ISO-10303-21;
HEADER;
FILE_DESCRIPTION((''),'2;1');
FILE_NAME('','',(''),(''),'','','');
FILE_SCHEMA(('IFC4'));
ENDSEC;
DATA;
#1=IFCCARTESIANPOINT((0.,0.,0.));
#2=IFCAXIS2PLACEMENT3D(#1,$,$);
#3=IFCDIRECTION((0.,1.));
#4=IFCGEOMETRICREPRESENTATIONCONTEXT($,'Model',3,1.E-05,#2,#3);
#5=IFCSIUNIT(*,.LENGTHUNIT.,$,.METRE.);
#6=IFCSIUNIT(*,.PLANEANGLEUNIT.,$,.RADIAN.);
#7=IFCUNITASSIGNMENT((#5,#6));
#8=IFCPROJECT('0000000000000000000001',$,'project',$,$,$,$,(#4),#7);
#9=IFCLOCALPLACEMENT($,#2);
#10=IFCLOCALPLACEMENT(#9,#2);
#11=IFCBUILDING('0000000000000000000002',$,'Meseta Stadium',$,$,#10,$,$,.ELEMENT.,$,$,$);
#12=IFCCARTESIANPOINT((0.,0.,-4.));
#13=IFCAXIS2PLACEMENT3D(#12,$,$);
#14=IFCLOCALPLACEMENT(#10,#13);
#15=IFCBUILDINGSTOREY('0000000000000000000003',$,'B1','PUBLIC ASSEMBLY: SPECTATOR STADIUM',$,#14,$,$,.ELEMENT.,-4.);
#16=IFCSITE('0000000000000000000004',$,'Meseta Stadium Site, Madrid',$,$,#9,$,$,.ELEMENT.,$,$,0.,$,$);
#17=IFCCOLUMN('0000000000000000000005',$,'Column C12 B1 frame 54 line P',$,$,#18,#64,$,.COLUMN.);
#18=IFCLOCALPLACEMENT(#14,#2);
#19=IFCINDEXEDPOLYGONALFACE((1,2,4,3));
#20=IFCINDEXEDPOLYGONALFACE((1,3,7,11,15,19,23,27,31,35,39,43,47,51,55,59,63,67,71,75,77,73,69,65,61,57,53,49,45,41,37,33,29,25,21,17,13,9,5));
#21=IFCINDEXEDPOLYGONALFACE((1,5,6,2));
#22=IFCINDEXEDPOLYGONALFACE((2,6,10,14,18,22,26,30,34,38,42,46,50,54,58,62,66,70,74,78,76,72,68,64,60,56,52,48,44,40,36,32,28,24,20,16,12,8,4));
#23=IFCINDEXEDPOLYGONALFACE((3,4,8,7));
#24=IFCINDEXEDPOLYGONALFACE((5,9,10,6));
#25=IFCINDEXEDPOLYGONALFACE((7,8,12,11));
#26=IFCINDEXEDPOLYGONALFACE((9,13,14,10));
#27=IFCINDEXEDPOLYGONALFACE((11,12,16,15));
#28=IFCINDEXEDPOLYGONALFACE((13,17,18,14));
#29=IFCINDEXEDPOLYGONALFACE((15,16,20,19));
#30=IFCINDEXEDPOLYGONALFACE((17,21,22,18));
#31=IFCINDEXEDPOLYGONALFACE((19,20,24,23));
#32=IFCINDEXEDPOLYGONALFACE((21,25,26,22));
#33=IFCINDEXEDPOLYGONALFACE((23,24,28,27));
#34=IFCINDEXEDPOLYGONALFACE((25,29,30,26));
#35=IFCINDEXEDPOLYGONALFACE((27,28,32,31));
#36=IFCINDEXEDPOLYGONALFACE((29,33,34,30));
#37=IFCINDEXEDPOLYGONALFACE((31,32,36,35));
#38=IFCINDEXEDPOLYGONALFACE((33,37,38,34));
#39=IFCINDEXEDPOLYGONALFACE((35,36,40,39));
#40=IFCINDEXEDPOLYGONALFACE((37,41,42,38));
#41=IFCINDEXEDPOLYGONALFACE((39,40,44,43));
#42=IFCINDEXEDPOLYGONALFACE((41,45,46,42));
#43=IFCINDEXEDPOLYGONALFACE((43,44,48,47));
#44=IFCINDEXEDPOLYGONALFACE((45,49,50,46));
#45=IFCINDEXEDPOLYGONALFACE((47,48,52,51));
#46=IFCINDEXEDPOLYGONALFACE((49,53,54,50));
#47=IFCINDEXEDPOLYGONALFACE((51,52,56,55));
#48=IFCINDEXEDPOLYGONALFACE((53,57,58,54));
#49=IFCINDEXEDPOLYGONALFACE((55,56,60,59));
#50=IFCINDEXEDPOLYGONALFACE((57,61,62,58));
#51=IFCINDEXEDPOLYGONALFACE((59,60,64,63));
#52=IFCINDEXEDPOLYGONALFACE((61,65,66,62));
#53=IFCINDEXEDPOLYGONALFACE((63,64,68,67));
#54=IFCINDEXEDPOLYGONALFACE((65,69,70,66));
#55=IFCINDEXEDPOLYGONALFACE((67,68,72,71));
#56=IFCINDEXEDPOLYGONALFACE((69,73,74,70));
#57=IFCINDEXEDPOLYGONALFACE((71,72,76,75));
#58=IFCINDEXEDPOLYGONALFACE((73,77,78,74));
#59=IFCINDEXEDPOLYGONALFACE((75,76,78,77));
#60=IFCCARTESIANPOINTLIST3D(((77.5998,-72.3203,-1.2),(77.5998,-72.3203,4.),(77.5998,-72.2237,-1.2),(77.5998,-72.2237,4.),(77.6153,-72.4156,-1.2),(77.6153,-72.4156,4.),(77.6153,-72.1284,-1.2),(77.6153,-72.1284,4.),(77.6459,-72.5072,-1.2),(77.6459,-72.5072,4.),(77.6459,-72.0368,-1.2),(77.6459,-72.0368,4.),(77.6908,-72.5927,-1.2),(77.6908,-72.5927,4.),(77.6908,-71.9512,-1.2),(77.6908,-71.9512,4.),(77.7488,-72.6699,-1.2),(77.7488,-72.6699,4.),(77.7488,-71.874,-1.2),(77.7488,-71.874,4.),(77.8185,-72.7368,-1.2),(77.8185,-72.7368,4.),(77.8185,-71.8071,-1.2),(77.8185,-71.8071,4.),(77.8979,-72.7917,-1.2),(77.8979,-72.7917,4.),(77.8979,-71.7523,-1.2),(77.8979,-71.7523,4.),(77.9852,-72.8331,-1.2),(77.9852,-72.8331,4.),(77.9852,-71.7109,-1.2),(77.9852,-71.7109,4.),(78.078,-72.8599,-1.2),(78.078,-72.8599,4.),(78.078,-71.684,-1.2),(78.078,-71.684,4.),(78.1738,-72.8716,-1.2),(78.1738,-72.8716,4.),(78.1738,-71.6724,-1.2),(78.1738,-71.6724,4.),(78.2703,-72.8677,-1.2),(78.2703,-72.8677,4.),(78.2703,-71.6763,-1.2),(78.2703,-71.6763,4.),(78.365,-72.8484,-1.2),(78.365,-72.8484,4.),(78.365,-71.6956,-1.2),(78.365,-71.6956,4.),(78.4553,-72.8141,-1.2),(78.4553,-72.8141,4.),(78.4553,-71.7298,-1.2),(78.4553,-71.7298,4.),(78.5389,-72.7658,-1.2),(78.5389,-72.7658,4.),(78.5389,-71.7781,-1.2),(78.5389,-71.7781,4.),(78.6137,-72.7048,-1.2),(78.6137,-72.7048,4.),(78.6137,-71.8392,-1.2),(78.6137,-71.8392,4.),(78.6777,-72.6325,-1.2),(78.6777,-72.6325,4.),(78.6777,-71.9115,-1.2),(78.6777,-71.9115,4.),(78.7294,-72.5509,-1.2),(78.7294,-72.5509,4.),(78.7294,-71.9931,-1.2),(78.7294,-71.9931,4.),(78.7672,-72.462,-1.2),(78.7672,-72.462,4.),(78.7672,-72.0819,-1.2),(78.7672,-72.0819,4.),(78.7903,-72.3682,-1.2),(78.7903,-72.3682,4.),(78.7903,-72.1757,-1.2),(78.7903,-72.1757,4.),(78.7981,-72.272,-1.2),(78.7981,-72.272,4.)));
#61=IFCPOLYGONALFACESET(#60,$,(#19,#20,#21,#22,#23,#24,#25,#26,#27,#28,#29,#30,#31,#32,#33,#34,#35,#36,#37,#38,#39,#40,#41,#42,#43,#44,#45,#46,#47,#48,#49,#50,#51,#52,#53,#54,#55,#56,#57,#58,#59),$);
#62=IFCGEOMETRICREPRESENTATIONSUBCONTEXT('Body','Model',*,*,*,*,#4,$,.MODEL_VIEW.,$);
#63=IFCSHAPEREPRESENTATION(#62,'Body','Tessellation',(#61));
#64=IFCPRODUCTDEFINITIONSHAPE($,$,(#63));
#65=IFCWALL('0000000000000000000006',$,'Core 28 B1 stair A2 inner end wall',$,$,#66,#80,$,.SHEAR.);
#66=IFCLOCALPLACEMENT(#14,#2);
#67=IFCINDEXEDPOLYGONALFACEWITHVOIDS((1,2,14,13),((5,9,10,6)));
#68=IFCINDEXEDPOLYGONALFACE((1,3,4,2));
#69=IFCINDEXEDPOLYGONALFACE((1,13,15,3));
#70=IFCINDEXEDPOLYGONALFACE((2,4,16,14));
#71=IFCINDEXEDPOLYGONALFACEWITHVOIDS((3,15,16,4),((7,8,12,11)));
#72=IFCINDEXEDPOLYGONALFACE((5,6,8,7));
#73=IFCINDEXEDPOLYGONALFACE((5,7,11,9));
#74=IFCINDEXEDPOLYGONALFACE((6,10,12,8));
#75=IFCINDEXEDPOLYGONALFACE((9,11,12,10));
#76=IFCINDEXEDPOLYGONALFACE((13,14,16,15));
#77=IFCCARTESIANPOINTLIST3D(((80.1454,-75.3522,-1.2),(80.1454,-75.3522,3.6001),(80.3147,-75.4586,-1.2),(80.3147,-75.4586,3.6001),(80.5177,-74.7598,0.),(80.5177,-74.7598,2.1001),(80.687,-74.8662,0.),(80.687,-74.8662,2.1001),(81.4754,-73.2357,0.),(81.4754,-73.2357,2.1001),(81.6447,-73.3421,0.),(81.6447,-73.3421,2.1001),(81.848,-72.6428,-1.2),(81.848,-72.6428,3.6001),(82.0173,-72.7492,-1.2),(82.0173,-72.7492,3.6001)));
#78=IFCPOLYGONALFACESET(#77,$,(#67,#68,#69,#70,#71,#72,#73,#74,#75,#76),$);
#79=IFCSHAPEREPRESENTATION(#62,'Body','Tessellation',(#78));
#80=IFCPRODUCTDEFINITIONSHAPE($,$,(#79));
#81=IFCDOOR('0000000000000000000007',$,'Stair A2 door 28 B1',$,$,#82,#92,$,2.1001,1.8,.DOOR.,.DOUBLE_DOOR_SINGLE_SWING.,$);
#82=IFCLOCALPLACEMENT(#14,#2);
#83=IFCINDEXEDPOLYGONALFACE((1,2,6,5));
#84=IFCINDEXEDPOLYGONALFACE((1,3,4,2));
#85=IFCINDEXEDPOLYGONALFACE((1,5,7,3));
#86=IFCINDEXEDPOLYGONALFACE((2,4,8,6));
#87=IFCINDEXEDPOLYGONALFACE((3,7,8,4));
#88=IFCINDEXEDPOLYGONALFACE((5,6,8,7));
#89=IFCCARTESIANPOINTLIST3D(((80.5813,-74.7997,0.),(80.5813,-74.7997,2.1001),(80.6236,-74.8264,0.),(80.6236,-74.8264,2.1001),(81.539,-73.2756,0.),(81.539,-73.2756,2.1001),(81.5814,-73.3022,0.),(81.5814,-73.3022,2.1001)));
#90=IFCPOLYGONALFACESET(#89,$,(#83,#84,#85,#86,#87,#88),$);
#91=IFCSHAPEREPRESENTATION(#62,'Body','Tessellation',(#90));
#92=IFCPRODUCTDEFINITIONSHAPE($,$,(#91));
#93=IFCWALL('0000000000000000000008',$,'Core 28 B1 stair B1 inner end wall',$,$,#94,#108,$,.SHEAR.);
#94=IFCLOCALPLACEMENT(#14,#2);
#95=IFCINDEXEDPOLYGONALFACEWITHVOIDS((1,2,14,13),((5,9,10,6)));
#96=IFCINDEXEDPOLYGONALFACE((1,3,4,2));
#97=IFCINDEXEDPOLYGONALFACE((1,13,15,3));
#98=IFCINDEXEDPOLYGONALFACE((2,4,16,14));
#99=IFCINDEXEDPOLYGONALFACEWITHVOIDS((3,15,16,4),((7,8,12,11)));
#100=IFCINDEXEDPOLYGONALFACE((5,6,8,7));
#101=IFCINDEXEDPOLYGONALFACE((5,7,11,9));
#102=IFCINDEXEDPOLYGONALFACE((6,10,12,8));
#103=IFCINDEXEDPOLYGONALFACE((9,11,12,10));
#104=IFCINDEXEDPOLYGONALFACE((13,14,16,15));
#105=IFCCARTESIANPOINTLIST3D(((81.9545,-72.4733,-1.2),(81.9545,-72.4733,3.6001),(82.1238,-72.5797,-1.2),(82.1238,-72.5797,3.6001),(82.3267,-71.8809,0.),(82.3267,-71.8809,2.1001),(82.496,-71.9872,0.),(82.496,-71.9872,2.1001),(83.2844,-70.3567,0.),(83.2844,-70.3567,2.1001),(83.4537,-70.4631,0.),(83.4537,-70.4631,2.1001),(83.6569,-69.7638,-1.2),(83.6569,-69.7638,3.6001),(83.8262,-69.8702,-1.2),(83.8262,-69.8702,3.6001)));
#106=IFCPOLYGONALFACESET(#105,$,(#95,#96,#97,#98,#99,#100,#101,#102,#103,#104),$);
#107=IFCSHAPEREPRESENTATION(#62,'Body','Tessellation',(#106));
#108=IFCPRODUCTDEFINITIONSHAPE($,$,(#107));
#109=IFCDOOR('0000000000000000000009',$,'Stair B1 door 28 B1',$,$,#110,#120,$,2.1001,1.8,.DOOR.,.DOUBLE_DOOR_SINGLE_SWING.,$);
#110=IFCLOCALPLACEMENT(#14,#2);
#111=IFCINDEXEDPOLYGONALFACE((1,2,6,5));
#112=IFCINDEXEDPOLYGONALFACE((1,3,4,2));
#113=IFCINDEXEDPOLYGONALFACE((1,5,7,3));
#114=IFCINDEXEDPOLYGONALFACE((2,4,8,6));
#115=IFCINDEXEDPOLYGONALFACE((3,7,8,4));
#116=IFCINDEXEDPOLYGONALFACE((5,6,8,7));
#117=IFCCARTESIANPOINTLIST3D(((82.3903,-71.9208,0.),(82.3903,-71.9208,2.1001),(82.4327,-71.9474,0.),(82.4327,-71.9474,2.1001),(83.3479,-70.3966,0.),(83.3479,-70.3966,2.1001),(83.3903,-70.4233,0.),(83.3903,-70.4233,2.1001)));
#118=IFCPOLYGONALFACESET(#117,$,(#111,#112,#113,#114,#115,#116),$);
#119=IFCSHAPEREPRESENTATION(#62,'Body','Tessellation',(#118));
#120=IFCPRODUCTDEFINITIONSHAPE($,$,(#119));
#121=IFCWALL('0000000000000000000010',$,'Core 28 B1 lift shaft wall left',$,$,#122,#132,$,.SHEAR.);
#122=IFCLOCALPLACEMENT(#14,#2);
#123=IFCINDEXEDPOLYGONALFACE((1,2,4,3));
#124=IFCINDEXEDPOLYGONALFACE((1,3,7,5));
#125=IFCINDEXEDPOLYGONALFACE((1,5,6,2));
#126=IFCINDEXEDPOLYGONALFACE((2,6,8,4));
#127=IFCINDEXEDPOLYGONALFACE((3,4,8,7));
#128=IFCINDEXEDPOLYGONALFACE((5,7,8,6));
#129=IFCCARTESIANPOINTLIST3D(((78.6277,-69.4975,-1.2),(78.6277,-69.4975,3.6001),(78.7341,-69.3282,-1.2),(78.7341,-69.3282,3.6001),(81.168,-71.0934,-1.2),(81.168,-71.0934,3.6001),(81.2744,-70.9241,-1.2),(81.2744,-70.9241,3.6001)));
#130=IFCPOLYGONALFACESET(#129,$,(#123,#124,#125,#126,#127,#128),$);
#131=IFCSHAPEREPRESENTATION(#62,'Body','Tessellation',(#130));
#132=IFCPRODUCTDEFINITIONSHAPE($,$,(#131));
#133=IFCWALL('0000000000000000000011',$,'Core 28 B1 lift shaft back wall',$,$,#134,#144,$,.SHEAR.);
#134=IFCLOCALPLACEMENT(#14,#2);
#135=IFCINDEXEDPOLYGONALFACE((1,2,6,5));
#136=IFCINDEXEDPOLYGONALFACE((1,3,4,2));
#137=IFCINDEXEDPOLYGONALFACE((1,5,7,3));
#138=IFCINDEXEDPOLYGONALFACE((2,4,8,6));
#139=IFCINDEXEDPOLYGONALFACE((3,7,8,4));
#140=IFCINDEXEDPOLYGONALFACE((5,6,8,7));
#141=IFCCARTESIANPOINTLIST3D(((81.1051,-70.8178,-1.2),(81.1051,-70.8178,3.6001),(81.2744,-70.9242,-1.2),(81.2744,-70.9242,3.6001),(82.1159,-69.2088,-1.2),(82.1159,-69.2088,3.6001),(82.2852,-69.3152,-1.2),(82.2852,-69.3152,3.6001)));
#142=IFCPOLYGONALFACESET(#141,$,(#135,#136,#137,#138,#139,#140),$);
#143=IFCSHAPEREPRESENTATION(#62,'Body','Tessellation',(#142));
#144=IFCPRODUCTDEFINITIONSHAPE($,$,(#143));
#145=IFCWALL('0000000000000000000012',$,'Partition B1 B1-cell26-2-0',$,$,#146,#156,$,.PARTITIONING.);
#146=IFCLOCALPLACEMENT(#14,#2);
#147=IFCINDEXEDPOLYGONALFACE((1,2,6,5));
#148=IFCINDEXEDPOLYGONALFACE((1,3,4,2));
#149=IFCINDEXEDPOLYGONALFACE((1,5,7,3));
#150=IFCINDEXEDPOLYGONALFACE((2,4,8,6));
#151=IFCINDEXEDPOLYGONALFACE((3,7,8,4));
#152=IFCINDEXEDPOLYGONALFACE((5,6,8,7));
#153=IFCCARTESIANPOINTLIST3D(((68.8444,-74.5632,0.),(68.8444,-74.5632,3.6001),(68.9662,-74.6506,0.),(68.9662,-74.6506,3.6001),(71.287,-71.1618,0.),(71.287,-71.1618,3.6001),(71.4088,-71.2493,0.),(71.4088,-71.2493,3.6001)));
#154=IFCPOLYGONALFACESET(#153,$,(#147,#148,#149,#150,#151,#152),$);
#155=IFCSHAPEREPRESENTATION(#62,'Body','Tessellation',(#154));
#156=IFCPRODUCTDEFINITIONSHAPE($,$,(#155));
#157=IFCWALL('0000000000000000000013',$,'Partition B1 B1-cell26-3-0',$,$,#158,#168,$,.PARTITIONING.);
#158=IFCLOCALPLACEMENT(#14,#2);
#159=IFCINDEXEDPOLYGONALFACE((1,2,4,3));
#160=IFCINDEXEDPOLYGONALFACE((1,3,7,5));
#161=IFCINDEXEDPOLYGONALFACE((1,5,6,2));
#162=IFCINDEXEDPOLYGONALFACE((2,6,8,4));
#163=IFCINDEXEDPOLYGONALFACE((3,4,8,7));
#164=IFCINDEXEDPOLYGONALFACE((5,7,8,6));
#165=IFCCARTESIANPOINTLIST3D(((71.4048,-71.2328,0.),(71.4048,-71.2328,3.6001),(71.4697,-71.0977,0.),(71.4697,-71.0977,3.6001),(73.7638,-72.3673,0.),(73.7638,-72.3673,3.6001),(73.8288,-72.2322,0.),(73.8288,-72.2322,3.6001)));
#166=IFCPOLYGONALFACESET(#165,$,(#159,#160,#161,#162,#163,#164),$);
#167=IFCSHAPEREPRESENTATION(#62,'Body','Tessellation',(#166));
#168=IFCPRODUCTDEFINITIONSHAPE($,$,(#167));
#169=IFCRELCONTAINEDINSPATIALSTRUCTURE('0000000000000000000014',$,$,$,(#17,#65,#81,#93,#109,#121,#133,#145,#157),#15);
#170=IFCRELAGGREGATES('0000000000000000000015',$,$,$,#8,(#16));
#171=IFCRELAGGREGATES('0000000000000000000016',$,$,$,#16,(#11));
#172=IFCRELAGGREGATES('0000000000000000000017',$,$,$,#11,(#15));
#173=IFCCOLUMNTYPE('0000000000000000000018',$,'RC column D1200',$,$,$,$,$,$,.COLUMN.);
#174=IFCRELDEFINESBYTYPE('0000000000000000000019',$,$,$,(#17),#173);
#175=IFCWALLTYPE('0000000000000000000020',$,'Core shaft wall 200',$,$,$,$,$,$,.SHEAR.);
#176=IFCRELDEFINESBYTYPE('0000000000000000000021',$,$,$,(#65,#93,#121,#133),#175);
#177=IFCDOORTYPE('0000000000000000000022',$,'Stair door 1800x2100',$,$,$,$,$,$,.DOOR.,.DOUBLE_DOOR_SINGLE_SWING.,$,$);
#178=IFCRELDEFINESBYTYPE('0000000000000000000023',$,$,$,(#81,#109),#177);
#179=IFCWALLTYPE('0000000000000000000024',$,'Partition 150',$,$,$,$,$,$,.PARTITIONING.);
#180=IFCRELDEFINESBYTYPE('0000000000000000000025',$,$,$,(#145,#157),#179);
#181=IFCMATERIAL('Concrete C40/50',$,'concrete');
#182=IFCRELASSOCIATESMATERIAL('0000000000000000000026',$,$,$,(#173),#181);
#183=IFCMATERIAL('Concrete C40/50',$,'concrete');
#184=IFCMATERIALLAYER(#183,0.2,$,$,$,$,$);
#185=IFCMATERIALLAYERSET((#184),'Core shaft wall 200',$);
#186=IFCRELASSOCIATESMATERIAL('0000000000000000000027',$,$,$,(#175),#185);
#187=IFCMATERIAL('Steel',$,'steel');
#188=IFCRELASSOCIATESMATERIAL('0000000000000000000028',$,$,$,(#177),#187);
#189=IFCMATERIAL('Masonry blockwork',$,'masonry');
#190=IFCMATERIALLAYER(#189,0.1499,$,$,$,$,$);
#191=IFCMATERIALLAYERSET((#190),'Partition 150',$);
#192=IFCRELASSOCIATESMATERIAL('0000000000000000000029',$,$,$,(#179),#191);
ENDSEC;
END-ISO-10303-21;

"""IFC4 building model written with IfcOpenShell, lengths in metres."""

from ifc_helpers import new_model, si_unit, direction, frame, frame_2d, origin, origin_2d, place, context, subcontext, project, spatial, rectangle, circle, extrude, material, layer, layer_set, material_profile, profile_set, type_object, element, fill, save


model = new_model("IFC4")

# Units and contexts
model_context = context("Model", 3, precision=1e-05, world=origin(), true_north=direction((0.0, 1.0)))
body_context = subcontext(model_context, "Body", "Model", "MODEL_VIEW")
ifc_project = project(units=[si_unit("LENGTHUNIT", "METRE"), si_unit("PLANEANGLEUNIT", "RADIAN")], contexts=[model_context])

# Site, building, storey
site_placement = place(None, origin())
site = spatial("IfcSite", under=ifc_project, at=site_placement, Name="Meseta Stadium Site, Madrid", CompositionType="ELEMENT", RefElevation=0.0)
building_placement = place(site_placement, origin())
building = spatial("IfcBuilding", under=site, at=building_placement, Name="Meseta Stadium", CompositionType="ELEMENT")
storey_placement = place(building_placement, frame((0.0, 0.0, -4.0)))
storey = spatial("IfcBuildingStorey", under=building, at=storey_placement, Name="B1", Description="PUBLIC ASSEMBLY: SPECTATOR STADIUM", CompositionType="ELEMENT", Elevation=-4.0)

# Column
ifc_material_1 = material(Name="Concrete C40/50", Category="concrete")
ifc_material_profile = material_profile(ifc_material_1, circle(Radius=0.6001, at=origin_2d()), Name="RC D1200")
ifc_profile_set = profile_set([ifc_material_profile], Name="Concrete C40/50")
column_type = type_object("IfcColumnType", Name="RC column D1200", PredefinedType="COLUMN", material=ifc_profile_set)
column_placement = place(storey_placement, frame((78.198, -72.272, -1.2), z_axis=(0.0, 0.0, 1.0), x_axis=(1.0, 0.0, 0.0)))
element("IfcColumn", 1, at=column_placement, inside=storey, type_object=column_type, Name="Column C12 B1 frame 54 line P", PredefinedType="COLUMN", context=body_context, shape_type="SweptSolid", body=[
    extrude(circle(Radius=0.6001, at=origin_2d()), origin(), (0.0, 0.0, 1.0), 5.2),
])

# Walls, openings, doors
ifc_material_2 = material(Name="Concrete C40/50", Category="concrete")
ifc_layer_1 = layer(ifc_material_2, 0.2)
ifc_layer_set_1 = layer_set([ifc_layer_1], Name="Core shaft wall 200")
wall_type_1 = type_object("IfcWallType", Name="Core shaft wall 200", PredefinedType="SHEAR", material=ifc_layer_set_1)
wall_1_placement = place(storey_placement, frame((80.23, -75.4055, -1.2), z_axis=(0.0, 0.0, 1.0), x_axis=(0.532068, 0.846701, 0.0)))
wall_1 = element("IfcWall", 2, at=wall_1_placement, inside=storey, type_object=wall_type_1, Name="Core 28 B1 stair A2 inner end wall", PredefinedType="SHEAR", context=body_context, shape_type="SweptSolid", body=[
    extrude(rectangle(XDim=3.2, YDim=0.2, at=frame_2d((1.6001, 0.0))), origin(), (0.0, 0.0, 1.0), 4.8),
])
opening_1_placement = place(wall_1_placement, frame((0.7, 0.0, 1.2)))
opening_1 = element("IfcOpeningElement", 3, at=opening_1_placement, cuts=wall_1, PredefinedType="OPENING", context=body_context, shape_type="SweptSolid", body=[
    extrude(rectangle(XDim=1.8, YDim=2.1001, at=frame_2d((0.8999, 1.05))), frame((0.0, 0.1099, 0.0), z_axis=(0.0, -1.0, 0.0), x_axis=(1.0, 0.0, 0.0)), (0.0, 0.0, 1.0), 0.22),
])
ifc_material_3 = material(Name="Steel", Category="steel")
door_type_1 = type_object("IfcDoorType", Name="Stair door 1800x2100", OperationType="DOUBLE_DOOR_SINGLE_SWING", PredefinedType="DOOR", material=ifc_material_3)
door_1_placement = place(opening_1_placement, origin())
door_1 = element("IfcDoor", 4, at=door_1_placement, inside=storey, type_object=door_type_1, Name="Stair A2 door 28 B1", OperationType="DOUBLE_DOOR_SINGLE_SWING", OverallHeight=2.1001, OverallWidth=1.8, PredefinedType="DOOR", context=body_context, shape_type="SweptSolid", body=[
    extrude(rectangle(XDim=1.8, YDim=2.1001, at=frame_2d((0.8999, 1.05))), frame((0.0, 0.0249, 0.0), z_axis=(0.0, -1.0, 0.0), x_axis=(1.0, 0.0, 0.0)), (0.0, 0.0, 1.0), 0.05),
])
fill(opening_1, door_1)
wall_2_placement = place(storey_placement, frame((82.0391, -72.5266, -1.2), z_axis=(0.0, 0.0, 1.0), x_axis=(0.532014, 0.846736, 0.0)))
wall_2 = element("IfcWall", 5, at=wall_2_placement, inside=storey, type_object=wall_type_1, Name="Core 28 B1 stair B1 inner end wall", PredefinedType="SHEAR", context=body_context, shape_type="SweptSolid", body=[
    extrude(rectangle(XDim=3.2, YDim=0.2, at=frame_2d((1.6001, 0.0))), origin(), (0.0, 0.0, 1.0), 4.8),
])
opening_2_placement = place(wall_2_placement, frame((0.7, 0.0, 1.2)))
opening_2 = element("IfcOpeningElement", 6, at=opening_2_placement, cuts=wall_2, PredefinedType="OPENING", context=body_context, shape_type="SweptSolid", body=[
    extrude(rectangle(XDim=1.8, YDim=2.1001, at=frame_2d((0.8999, 1.05))), frame((0.0, 0.1099, 0.0), z_axis=(0.0, -1.0, 0.0), x_axis=(1.0, 0.0, 0.0)), (0.0, 0.0, 1.0), 0.22),
])
door_2_placement = place(opening_2_placement, origin())
door_2 = element("IfcDoor", 7, at=door_2_placement, inside=storey, type_object=door_type_1, Name="Stair B1 door 28 B1", OperationType="DOUBLE_DOOR_SINGLE_SWING", OverallHeight=2.1001, OverallWidth=1.8, PredefinedType="DOOR", context=body_context, shape_type="SweptSolid", body=[
    extrude(rectangle(XDim=1.8, YDim=2.1001, at=frame_2d((0.8999, 1.05))), frame((0.0, 0.0249, 0.0), z_axis=(0.0, -1.0, 0.0), x_axis=(1.0, 0.0, 0.0)), (0.0, 0.0, 1.0), 0.05),
])
fill(opening_2, door_2)

# Walls
wall_3_placement = place(storey_placement, frame((81.2212, -71.0088, -1.2), z_axis=(0.0, 0.0, 1.0), x_axis=(-0.846757, 0.53198, 0.0)))
element("IfcWall", 8, at=wall_3_placement, inside=storey, type_object=wall_type_1, Name="Core 28 B1 lift shaft wall left", PredefinedType="SHEAR", context=body_context, shape_type="SweptSolid", body=[
    extrude(rectangle(XDim=3.0, YDim=0.2, at=frame_2d((1.5, 0.0))), origin(), (0.0, 0.0, 1.0), 4.8),
])
wall_4_placement = place(storey_placement, frame((81.1897, -70.8711, -1.2), z_axis=(0.0, 0.0, 1.0), x_axis=(0.531961, 0.846769, 0.0)))
element("IfcWall", 9, at=wall_4_placement, inside=storey, type_object=wall_type_1, Name="Core 28 B1 lift shaft back wall", PredefinedType="SHEAR", context=body_context, shape_type="SweptSolid", body=[
    extrude(rectangle(XDim=1.9001, YDim=0.2, at=frame_2d((0.9502, 0.0))), origin(), (0.0, 0.0, 1.0), 4.8),
])
ifc_material_4 = material(Name="Masonry blockwork", Category="masonry")
ifc_layer_2 = layer(ifc_material_4, 0.1499)
ifc_layer_set_2 = layer_set([ifc_layer_2], Name="Partition 150")
wall_type_2 = type_object("IfcWallType", Name="Partition 150", PredefinedType="PARTITIONING", material=ifc_layer_set_2)
wall_5_placement = place(storey_placement, frame((71.3479, -71.2056, 0.0), z_axis=(0.0, 0.0, 1.0), x_axis=(-0.583304, -0.812254, 0.0)))
element("IfcWall", 10, at=wall_5_placement, inside=storey, type_object=wall_type_2, Name="Partition B1 B1-cell26-2-0", PredefinedType="PARTITIONING", context=body_context, shape_type="SweptSolid", body=[
    extrude(rectangle(XDim=4.1875, YDim=0.1499, at=frame_2d((2.0938, 0.0))), origin(), (0.0, 0.0, 1.0), 3.6001),
])
wall_6_placement = place(storey_placement, frame((71.4373, -71.1653, 0.0), z_axis=(0.0, 0.0, 1.0), x_axis=(0.901204, -0.433395, 0.0)))
element("IfcWall", 11, at=wall_6_placement, inside=storey, type_object=wall_type_2, Name="Partition B1 B1-cell26-3-0", PredefinedType="PARTITIONING", context=body_context, shape_type="SweptSolid", body=[
    extrude(rectangle(XDim=2.6177, YDim=0.1499, at=frame_2d((1.3088, 0.0))), origin(), (0.0, 0.0, 1.0), 3.6001),
])

save(model, "model.ifc")
